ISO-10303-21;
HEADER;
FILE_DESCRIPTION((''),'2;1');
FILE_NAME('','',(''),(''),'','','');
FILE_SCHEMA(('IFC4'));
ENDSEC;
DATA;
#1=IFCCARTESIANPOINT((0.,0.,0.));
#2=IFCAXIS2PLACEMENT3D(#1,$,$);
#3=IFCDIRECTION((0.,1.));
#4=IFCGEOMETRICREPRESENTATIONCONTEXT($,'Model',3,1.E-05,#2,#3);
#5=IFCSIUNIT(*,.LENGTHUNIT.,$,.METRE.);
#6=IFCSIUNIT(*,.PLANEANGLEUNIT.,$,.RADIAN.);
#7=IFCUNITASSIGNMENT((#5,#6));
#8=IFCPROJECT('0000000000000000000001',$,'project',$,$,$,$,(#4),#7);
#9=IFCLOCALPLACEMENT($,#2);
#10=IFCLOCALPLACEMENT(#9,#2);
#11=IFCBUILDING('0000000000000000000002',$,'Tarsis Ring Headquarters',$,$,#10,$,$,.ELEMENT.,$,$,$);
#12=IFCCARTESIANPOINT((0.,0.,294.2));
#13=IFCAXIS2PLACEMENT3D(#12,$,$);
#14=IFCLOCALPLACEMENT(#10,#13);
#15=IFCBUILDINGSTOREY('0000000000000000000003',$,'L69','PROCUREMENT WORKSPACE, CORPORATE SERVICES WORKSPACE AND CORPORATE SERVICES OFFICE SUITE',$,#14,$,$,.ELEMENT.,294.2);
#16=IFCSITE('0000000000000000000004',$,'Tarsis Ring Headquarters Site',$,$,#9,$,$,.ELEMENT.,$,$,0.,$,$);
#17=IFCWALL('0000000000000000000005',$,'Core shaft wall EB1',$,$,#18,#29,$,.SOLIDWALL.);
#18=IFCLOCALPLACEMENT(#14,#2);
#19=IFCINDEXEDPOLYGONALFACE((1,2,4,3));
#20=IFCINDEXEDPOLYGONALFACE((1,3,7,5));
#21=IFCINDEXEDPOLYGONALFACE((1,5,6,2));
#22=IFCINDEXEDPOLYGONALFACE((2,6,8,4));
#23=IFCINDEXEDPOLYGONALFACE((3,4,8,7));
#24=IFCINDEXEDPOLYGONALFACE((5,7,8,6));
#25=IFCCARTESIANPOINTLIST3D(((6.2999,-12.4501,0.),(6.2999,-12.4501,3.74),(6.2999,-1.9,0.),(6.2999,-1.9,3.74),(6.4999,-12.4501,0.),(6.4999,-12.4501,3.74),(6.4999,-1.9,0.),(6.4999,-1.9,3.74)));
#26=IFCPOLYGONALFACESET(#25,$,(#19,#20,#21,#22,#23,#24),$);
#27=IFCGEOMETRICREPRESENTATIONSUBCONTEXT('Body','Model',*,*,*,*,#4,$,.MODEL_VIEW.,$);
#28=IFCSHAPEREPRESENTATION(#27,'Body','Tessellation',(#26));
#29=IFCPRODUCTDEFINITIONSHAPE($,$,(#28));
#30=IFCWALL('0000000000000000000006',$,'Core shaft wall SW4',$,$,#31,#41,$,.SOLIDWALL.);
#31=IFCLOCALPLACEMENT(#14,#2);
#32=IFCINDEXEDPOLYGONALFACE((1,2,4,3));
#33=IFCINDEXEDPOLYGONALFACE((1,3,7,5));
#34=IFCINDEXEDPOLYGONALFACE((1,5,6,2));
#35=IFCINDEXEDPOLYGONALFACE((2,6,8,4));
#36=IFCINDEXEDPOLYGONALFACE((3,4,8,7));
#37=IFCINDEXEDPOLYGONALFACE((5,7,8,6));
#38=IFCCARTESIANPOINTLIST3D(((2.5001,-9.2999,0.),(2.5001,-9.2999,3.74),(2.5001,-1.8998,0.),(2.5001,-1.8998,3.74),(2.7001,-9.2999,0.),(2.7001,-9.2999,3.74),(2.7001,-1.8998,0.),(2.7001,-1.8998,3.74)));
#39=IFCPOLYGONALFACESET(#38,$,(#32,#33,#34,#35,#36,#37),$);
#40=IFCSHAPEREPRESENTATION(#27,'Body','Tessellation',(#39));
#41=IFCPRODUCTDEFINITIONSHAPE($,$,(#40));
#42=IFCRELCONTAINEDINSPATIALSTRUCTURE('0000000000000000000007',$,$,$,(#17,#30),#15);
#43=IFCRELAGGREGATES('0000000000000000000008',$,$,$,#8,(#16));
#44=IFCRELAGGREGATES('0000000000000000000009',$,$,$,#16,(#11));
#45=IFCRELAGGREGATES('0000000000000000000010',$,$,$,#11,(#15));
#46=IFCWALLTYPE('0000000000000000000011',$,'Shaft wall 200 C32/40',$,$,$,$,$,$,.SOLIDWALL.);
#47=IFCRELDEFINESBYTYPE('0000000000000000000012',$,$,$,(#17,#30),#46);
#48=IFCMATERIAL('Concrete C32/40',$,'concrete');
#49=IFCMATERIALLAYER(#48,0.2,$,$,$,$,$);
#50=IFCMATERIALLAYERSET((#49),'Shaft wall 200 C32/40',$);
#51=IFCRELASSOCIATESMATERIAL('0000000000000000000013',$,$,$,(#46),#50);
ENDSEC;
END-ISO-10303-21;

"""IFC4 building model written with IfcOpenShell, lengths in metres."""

from ifc_helpers import new_model, si_unit, direction, frame, frame_2d, origin, place, context, subcontext, project, spatial, rectangle, extrude, material, layer, layer_set, type_object, element, save


model = new_model("IFC4")

# Units and contexts
model_context = context("Model", 3, precision=1e-05, world=origin(), true_north=direction((0.0, 1.0)))
body_context = subcontext(model_context, "Body", "Model", "MODEL_VIEW")
ifc_project = project(units=[si_unit("LENGTHUNIT", "METRE"), si_unit("PLANEANGLEUNIT", "RADIAN")], contexts=[model_context])

# Site, building, storey
site_placement = place(None, origin())
site = spatial("IfcSite", under=ifc_project, at=site_placement, Name="Tarsis Ring Headquarters Site", CompositionType="ELEMENT", RefElevation=0.0)
building_placement = place(site_placement, origin())
building = spatial("IfcBuilding", under=site, at=building_placement, Name="Tarsis Ring Headquarters", CompositionType="ELEMENT")
storey_placement = place(building_placement, frame((0.0, 0.0, 294.2)))
storey = spatial("IfcBuildingStorey", under=building, at=storey_placement, Name="L69", Description="PROCUREMENT WORKSPACE, CORPORATE SERVICES WORKSPACE AND CORPORATE SERVICES OFFICE SUITE", CompositionType="ELEMENT", Elevation=294.2)

# Walls
ifc_material_1 = material(Name="Concrete C32/40", Category="concrete")
ifc_layer_1 = layer(ifc_material_1, 0.2)
ifc_layer_set_1 = layer_set([ifc_layer_1], Name="Shaft wall 200 C32/40")
wall_type_1 = type_object("IfcWallType", Name="Shaft wall 200 C32/40", PredefinedType="SOLIDWALL", material=ifc_layer_set_1)
wall_1_placement = place(storey_placement, frame((6.3999, -12.45, 0.0), z_axis=(0.0, 0.0, 1.0), x_axis=(0.0, 1.0, 0.0)))
element("IfcWall", 1, at=wall_1_placement, inside=storey, type_object=wall_type_1, Name="Core shaft wall EB1", PredefinedType="SOLIDWALL", context=body_context, shape_type="SweptSolid", body=[
    extrude(rectangle(XDim=10.55, YDim=0.2, at=frame_2d((5.2749, 0.0))), origin(), (0.0, 0.0, 1.0), 3.74),
])
wall_2_placement = place(storey_placement, frame((2.6001, -9.3, 0.0), z_axis=(0.0, 0.0, 1.0), x_axis=(0.0, 1.0, 0.0)))
element("IfcWall", 2, at=wall_2_placement, inside=storey, type_object=wall_type_1, Name="Core shaft wall SW4", PredefinedType="SOLIDWALL", context=body_context, shape_type="SweptSolid", body=[
    extrude(rectangle(XDim=7.4001, YDim=0.2, at=frame_2d((3.7002, 0.0))), origin(), (0.0, 0.0, 1.0), 3.74),
])

save(model, "model.ifc")
